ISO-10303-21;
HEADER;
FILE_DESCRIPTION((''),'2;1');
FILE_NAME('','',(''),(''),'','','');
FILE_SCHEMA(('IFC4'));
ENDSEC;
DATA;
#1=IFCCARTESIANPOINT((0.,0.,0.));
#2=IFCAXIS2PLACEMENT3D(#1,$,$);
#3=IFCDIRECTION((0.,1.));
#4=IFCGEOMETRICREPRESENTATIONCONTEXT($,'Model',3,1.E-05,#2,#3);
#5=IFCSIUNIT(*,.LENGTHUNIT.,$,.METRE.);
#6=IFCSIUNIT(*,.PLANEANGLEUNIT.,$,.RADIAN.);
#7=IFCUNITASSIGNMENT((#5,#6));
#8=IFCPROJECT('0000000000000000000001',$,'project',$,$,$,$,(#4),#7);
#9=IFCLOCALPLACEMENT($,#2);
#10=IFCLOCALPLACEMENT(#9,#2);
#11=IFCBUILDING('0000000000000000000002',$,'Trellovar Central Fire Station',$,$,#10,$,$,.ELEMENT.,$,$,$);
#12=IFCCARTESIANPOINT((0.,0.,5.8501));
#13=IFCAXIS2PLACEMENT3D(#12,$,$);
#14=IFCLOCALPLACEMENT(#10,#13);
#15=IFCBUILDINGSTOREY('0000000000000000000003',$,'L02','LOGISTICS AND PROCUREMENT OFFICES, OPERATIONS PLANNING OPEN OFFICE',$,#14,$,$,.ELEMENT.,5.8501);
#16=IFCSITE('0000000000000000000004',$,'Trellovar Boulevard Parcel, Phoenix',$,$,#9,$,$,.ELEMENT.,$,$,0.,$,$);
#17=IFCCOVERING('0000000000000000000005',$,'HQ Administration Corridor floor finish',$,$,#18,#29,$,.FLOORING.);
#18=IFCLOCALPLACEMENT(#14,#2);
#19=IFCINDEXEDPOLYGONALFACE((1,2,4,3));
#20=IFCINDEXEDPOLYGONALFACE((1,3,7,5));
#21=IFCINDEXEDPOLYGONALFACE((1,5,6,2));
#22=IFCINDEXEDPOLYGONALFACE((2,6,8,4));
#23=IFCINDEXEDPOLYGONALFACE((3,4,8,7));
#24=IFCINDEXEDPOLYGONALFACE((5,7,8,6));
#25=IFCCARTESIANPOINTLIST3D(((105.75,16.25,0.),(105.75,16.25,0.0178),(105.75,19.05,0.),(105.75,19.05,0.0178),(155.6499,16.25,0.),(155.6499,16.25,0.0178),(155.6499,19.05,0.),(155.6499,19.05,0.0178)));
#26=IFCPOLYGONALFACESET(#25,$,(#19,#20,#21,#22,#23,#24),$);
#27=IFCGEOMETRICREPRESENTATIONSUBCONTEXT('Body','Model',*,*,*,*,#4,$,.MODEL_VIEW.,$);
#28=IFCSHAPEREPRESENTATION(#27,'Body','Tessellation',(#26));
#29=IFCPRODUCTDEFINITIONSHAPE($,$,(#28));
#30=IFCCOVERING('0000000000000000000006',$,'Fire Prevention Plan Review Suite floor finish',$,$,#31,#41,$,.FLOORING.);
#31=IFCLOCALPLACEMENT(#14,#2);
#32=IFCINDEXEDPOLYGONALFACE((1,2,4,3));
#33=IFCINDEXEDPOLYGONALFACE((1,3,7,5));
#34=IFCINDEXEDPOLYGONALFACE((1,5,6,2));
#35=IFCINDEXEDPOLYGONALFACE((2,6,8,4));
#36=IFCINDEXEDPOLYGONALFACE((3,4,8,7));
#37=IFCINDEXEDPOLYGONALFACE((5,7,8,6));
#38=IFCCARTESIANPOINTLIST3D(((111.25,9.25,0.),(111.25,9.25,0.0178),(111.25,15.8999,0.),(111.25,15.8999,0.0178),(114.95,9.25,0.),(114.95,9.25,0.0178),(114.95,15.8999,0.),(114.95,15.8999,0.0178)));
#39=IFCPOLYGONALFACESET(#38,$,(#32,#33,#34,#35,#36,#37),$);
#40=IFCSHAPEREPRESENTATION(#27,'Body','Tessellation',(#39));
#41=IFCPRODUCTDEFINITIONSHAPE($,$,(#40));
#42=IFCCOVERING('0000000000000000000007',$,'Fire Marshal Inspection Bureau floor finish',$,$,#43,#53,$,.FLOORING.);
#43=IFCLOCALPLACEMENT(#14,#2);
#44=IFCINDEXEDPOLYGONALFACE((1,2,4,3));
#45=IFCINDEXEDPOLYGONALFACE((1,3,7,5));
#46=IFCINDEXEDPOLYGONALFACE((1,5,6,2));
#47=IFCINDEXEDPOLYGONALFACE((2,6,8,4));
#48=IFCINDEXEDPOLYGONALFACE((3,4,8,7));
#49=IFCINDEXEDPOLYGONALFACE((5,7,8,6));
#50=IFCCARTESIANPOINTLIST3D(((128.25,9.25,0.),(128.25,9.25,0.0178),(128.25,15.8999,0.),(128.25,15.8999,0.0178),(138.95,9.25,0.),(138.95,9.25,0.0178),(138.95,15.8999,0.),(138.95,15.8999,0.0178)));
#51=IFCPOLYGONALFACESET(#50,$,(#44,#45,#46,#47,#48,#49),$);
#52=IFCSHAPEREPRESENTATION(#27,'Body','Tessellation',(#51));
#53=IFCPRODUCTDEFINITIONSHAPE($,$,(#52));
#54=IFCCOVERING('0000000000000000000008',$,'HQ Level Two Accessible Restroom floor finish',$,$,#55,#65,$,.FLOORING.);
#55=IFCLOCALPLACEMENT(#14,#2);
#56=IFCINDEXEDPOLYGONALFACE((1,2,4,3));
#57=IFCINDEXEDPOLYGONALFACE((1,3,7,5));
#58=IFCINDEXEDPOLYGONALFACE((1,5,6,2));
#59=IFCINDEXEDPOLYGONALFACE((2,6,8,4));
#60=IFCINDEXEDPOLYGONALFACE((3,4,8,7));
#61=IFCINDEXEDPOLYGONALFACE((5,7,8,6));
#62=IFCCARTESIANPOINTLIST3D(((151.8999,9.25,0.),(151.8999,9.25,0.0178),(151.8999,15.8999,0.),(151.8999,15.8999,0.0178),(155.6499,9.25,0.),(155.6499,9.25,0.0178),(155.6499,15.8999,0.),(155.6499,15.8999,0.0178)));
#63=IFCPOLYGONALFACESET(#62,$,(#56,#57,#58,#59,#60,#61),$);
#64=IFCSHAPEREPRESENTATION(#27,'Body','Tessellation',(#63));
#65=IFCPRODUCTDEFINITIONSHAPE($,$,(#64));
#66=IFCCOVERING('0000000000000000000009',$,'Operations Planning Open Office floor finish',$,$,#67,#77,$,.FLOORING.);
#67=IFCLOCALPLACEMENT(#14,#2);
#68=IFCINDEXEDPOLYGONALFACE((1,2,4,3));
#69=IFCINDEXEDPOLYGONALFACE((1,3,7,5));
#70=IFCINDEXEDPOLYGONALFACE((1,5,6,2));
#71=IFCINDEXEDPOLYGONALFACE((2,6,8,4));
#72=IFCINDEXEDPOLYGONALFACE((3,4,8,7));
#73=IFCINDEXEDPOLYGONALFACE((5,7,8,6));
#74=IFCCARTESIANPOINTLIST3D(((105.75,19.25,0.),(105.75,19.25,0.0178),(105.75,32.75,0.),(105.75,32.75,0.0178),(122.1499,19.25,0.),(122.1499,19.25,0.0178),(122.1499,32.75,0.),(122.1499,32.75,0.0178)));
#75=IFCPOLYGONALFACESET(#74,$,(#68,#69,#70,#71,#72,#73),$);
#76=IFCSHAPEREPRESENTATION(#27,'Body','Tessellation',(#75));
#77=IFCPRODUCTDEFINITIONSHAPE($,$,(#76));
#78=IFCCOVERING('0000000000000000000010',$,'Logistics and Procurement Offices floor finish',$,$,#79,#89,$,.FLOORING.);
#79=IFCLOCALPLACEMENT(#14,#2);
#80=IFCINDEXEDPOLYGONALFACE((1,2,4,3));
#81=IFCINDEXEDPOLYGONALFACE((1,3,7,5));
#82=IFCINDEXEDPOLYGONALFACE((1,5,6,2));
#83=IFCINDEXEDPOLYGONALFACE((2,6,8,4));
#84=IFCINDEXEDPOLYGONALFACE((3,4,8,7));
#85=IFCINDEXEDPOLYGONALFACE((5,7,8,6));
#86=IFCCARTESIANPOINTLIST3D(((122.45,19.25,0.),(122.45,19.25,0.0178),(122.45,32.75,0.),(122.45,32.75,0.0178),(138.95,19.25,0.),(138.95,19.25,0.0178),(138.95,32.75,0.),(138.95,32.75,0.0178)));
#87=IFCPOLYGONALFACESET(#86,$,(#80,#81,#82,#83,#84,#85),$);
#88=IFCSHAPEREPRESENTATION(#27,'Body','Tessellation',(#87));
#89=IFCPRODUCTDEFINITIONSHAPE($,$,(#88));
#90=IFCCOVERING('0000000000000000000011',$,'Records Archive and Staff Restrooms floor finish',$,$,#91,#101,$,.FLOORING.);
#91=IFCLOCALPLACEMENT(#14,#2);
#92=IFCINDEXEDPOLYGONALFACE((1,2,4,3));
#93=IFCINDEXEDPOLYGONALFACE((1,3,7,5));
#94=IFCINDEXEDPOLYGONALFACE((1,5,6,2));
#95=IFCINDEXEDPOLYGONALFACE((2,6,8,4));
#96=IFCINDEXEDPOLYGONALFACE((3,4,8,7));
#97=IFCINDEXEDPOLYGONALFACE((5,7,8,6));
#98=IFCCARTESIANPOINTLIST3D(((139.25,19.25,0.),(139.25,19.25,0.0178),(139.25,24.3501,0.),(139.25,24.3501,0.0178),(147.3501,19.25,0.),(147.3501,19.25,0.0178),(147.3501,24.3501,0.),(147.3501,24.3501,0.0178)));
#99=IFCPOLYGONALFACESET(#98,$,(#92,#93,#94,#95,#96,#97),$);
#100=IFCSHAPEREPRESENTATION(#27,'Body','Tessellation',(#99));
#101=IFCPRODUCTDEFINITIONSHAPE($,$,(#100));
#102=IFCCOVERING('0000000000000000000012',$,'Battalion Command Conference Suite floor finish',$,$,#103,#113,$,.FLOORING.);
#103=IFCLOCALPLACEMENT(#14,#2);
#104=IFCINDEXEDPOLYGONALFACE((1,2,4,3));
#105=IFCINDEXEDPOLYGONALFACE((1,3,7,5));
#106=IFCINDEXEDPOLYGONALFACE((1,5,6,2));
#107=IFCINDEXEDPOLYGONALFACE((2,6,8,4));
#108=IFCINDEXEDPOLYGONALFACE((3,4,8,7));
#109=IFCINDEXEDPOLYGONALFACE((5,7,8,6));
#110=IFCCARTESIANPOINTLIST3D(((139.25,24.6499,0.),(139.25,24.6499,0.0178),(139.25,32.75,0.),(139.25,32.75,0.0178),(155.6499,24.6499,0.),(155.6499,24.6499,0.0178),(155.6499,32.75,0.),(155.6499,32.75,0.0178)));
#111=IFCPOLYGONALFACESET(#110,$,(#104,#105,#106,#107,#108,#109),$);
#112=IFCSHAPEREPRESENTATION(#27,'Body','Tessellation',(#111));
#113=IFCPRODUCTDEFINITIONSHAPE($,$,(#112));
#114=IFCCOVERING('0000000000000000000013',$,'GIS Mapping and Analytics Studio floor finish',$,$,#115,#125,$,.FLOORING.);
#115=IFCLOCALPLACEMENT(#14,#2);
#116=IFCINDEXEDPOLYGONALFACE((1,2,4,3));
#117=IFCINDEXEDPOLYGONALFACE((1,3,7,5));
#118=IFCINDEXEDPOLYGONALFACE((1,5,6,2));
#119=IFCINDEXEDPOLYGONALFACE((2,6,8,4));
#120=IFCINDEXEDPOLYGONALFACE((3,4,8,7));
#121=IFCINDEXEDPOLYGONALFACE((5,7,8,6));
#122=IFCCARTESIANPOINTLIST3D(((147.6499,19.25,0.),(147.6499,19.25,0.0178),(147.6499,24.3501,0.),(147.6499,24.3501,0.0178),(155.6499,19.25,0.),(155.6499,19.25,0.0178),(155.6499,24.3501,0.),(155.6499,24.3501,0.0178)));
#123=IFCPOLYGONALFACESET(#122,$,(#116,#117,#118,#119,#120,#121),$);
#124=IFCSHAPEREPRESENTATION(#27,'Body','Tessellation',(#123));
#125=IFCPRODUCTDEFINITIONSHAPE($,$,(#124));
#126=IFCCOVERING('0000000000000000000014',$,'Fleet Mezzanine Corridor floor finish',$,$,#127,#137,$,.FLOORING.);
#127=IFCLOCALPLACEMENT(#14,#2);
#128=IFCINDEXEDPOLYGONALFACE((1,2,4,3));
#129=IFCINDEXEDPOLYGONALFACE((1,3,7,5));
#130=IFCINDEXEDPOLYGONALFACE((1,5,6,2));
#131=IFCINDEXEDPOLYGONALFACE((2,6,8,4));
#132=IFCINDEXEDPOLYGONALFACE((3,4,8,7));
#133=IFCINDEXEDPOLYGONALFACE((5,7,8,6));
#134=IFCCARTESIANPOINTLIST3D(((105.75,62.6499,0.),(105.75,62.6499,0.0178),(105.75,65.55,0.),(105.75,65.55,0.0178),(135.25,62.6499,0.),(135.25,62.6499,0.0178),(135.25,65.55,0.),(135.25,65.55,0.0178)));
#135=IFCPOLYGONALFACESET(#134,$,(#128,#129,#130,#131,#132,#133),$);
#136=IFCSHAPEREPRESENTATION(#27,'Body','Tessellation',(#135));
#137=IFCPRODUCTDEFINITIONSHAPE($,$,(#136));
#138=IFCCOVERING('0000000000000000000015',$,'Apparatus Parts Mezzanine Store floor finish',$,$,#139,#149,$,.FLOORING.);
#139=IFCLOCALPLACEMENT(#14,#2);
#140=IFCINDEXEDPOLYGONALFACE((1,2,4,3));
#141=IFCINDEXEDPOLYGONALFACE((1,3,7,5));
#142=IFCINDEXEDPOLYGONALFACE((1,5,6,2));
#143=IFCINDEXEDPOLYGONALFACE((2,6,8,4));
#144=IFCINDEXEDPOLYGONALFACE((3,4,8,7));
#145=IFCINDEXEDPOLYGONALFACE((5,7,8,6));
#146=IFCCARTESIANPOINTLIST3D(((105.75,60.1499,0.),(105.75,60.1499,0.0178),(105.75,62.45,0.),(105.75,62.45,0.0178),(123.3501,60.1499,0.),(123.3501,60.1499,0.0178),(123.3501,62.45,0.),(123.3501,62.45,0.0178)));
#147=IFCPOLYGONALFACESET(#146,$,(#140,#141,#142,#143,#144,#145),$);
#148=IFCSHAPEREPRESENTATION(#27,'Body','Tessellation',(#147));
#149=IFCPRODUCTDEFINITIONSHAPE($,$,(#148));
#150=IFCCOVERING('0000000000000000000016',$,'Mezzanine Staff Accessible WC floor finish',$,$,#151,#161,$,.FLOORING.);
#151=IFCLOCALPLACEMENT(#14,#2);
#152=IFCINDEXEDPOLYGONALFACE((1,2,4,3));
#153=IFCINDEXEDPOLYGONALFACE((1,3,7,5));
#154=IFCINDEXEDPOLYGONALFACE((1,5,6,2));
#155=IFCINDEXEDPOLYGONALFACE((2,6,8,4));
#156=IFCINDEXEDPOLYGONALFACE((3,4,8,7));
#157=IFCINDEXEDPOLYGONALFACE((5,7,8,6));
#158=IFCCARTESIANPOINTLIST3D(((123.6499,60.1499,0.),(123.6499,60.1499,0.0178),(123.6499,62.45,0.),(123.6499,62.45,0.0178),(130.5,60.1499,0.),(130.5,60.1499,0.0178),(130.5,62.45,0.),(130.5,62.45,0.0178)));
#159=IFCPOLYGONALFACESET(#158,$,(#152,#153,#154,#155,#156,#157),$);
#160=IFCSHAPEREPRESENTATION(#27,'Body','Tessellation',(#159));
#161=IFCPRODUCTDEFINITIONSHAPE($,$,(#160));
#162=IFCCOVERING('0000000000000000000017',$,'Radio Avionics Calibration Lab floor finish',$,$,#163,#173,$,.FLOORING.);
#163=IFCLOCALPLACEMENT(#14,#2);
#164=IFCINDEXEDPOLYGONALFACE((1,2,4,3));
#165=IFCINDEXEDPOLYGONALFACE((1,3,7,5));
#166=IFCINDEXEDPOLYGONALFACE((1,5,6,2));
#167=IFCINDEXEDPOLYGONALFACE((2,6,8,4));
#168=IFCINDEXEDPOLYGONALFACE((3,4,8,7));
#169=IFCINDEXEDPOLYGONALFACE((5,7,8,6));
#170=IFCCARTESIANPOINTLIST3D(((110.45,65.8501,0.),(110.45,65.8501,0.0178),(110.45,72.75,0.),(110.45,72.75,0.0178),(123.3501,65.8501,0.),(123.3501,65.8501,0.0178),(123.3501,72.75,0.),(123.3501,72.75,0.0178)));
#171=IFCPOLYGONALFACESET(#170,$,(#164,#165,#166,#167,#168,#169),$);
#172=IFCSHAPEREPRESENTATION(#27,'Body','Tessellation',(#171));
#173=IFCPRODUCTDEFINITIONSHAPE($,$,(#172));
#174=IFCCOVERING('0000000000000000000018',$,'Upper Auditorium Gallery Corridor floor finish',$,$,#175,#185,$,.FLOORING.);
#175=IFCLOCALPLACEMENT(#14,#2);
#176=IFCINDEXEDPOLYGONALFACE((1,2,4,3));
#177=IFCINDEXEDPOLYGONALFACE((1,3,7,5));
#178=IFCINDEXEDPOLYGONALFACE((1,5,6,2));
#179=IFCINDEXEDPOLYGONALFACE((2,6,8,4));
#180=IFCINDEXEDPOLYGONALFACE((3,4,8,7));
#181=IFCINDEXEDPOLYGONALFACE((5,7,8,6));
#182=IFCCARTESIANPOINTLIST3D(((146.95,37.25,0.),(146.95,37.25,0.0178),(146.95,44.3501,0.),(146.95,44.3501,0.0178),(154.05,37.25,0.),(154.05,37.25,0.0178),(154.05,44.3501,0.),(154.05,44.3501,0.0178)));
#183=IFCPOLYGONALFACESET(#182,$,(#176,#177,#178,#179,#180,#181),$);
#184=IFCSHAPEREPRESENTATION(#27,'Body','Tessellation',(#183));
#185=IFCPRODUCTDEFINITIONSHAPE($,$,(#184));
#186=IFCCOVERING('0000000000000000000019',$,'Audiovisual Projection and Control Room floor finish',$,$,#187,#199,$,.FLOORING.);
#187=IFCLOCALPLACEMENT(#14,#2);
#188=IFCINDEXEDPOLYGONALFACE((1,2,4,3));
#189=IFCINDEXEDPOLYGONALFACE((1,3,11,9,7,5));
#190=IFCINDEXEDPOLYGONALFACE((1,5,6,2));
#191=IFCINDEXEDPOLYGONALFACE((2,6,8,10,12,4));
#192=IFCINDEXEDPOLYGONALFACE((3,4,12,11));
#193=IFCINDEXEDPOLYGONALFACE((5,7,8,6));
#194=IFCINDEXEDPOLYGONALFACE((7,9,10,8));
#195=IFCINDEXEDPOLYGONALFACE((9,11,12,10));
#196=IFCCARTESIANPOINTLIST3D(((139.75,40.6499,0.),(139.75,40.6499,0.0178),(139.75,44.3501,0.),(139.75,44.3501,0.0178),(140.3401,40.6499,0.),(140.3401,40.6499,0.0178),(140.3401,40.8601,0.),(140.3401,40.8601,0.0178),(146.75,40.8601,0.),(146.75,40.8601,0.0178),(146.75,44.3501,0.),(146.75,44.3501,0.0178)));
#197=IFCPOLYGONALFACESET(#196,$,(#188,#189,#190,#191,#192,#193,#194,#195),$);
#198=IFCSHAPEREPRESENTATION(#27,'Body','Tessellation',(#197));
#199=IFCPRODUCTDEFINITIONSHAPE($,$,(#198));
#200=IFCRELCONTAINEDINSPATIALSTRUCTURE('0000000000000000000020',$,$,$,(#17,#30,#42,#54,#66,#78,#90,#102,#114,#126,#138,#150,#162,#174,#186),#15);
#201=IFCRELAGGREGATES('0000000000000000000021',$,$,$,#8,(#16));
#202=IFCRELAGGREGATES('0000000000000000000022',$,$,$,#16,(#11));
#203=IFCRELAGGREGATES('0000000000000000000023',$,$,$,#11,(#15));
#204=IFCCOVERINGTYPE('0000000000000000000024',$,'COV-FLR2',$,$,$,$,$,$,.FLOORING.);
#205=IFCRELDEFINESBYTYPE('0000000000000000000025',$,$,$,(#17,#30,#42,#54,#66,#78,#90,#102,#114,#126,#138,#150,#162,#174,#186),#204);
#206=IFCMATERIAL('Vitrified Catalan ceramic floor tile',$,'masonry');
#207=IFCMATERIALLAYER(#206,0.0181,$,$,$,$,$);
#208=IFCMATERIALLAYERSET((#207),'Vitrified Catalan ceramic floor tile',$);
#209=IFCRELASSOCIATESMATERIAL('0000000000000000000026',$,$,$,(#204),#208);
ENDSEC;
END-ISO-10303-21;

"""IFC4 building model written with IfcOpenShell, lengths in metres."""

from ifc_helpers import new_model, si_unit, direction, frame, origin, place, context, subcontext, project, spatial, polyline, outline, extrude, material, layer, layer_set, type_object, element, save


model = new_model("IFC4")

# Units and contexts
model_context = context("Model", 3, precision=1e-05, world=origin(), true_north=direction((0.0, 1.0)))
body_context = subcontext(model_context, "Body", "Model", "MODEL_VIEW")
ifc_project = project(units=[si_unit("LENGTHUNIT", "METRE"), si_unit("PLANEANGLEUNIT", "RADIAN")], contexts=[model_context])

# Site, building, storey
site_placement = place(None, origin())
site = spatial("IfcSite", under=ifc_project, at=site_placement, Name="Trellovar Boulevard Parcel, Phoenix", CompositionType="ELEMENT", RefElevation=0.0)
building_placement = place(site_placement, origin())
building = spatial("IfcBuilding", under=site, at=building_placement, Name="Trellovar Central Fire Station", CompositionType="ELEMENT")
storey_placement = place(building_placement, frame((0.0, 0.0, 5.8501)))
storey = spatial("IfcBuildingStorey", under=building, at=storey_placement, Name="L02", Description="LOGISTICS AND PROCUREMENT OFFICES, OPERATIONS PLANNING OPEN OFFICE", CompositionType="ELEMENT", Elevation=5.8501)

# Coverings
ifc_material_1 = material(Name="Vitrified Catalan ceramic floor tile", Category="masonry")
ifc_layer_1 = layer(ifc_material_1, 0.0181)
ifc_layer_set_1 = layer_set([ifc_layer_1], Name="Vitrified Catalan ceramic floor tile")
covering_type_1 = type_object("IfcCoveringType", Name="COV-FLR2", PredefinedType="FLOORING", material=ifc_layer_set_1)
covering_1_placement = place(storey_placement, origin())
element("IfcCovering", 1, at=covering_1_placement, inside=storey, type_object=covering_type_1, Name="HQ Administration Corridor floor finish", PredefinedType="FLOORING", context=body_context, shape_type="SweptSolid", body=[
    extrude(outline(polyline([(155.6499, 19.05), (155.6499, 16.25), (105.75, 16.25), (105.75, 19.05), (155.6499, 19.05)])), origin(), (0.0, 0.0, 1.0), 0.0178),
])
covering_2_placement = place(storey_placement, origin())
element("IfcCovering", 2, at=covering_2_placement, inside=storey, type_object=covering_type_1, Name="Fire Prevention Plan Review Suite floor finish", PredefinedType="FLOORING", context=body_context, shape_type="SweptSolid", body=[
    extrude(outline(polyline([(114.95, 15.8999), (114.95, 9.25), (111.25, 9.25), (111.25, 15.8999), (114.95, 15.8999)])), origin(), (0.0, 0.0, 1.0), 0.0178),
])
covering_3_placement = place(storey_placement, origin())
element("IfcCovering", 3, at=covering_3_placement, inside=storey, type_object=covering_type_1, Name="Fire Marshal Inspection Bureau floor finish", PredefinedType="FLOORING", context=body_context, shape_type="SweptSolid", body=[
    extrude(outline(polyline([(138.95, 15.8999), (138.95, 9.25), (128.25, 9.25), (128.25, 15.8999), (138.95, 15.8999)])), origin(), (0.0, 0.0, 1.0), 0.0178),
])
covering_4_placement = place(storey_placement, origin())
element("IfcCovering", 4, at=covering_4_placement, inside=storey, type_object=covering_type_1, Name="HQ Level Two Accessible Restroom floor finish", PredefinedType="FLOORING", context=body_context, shape_type="SweptSolid", body=[
    extrude(outline(polyline([(155.6499, 15.8999), (155.6499, 9.25), (151.8999, 9.25), (151.8999, 15.8999), (155.6499, 15.8999)])), origin(), (0.0, 0.0, 1.0), 0.0178),
])
covering_5_placement = place(storey_placement, origin())
element("IfcCovering", 5, at=covering_5_placement, inside=storey, type_object=covering_type_1, Name="Operations Planning Open Office floor finish", PredefinedType="FLOORING", context=body_context, shape_type="SweptSolid", body=[
    extrude(outline(polyline([(122.1499, 32.75), (122.1499, 19.25), (105.75, 19.25), (105.75, 32.75), (122.1499, 32.75)])), origin(), (0.0, 0.0, 1.0), 0.0178),
])
covering_6_placement = place(storey_placement, origin())
element("IfcCovering", 6, at=covering_6_placement, inside=storey, type_object=covering_type_1, Name="Logistics and Procurement Offices floor finish", PredefinedType="FLOORING", context=body_context, shape_type="SweptSolid", body=[
    extrude(outline(polyline([(138.95, 32.75), (138.95, 19.25), (122.45, 19.25), (122.45, 32.75), (138.95, 32.75)])), origin(), (0.0, 0.0, 1.0), 0.0178),
])
covering_7_placement = place(storey_placement, origin())
element("IfcCovering", 7, at=covering_7_placement, inside=storey, type_object=covering_type_1, Name="Records Archive and Staff Restrooms floor finish", PredefinedType="FLOORING", context=body_context, shape_type="SweptSolid", body=[
    extrude(outline(polyline([(147.3501, 24.3501), (147.3501, 19.25), (139.25, 19.25), (139.25, 24.3501), (147.3501, 24.3501)])), origin(), (0.0, 0.0, 1.0), 0.0178),
])
covering_8_placement = place(storey_placement, origin())
element("IfcCovering", 8, at=covering_8_placement, inside=storey, type_object=covering_type_1, Name="Battalion Command Conference Suite floor finish", PredefinedType="FLOORING", context=body_context, shape_type="SweptSolid", body=[
    extrude(outline(polyline([(155.6499, 32.75), (155.6499, 24.6499), (139.25, 24.6499), (139.25, 32.75), (155.6499, 32.75)])), origin(), (0.0, 0.0, 1.0), 0.0178),
])
covering_9_placement = place(storey_placement, origin())
element("IfcCovering", 9, at=covering_9_placement, inside=storey, type_object=covering_type_1, Name="GIS Mapping and Analytics Studio floor finish", PredefinedType="FLOORING", context=body_context, shape_type="SweptSolid", body=[
    extrude(outline(polyline([(155.6499, 24.3501), (155.6499, 19.25), (147.6499, 19.25), (147.6499, 24.3501), (155.6499, 24.3501)])), origin(), (0.0, 0.0, 1.0), 0.0178),
])
covering_10_placement = place(storey_placement, origin())
element("IfcCovering", 10, at=covering_10_placement, inside=storey, type_object=covering_type_1, Name="Fleet Mezzanine Corridor floor finish", PredefinedType="FLOORING", context=body_context, shape_type="SweptSolid", body=[
    extrude(outline(polyline([(135.25, 65.55), (135.25, 62.6499), (105.75, 62.6499), (105.75, 65.55), (135.25, 65.55)])), origin(), (0.0, 0.0, 1.0), 0.0178),
])
covering_11_placement = place(storey_placement, origin())
element("IfcCovering", 11, at=covering_11_placement, inside=storey, type_object=covering_type_1, Name="Apparatus Parts Mezzanine Store floor finish", PredefinedType="FLOORING", context=body_context, shape_type="SweptSolid", body=[
    extrude(outline(polyline([(123.3501, 62.45), (123.3501, 60.1499), (105.75, 60.1499), (105.75, 62.45), (123.3501, 62.45)])), origin(), (0.0, 0.0, 1.0), 0.0178),
])
covering_12_placement = place(storey_placement, origin())
element("IfcCovering", 12, at=covering_12_placement, inside=storey, type_object=covering_type_1, Name="Mezzanine Staff Accessible WC floor finish", PredefinedType="FLOORING", context=body_context, shape_type="SweptSolid", body=[
    extrude(outline(polyline([(130.5, 62.45), (130.5, 60.1499), (123.6499, 60.1499), (123.6499, 62.45), (130.5, 62.45)])), origin(), (0.0, 0.0, 1.0), 0.0178),
])
covering_13_placement = place(storey_placement, origin())
element("IfcCovering", 13, at=covering_13_placement, inside=storey, type_object=covering_type_1, Name="Radio Avionics Calibration Lab floor finish", PredefinedType="FLOORING", context=body_context, shape_type="SweptSolid", body=[
    extrude(outline(polyline([(123.3501, 72.75), (123.3501, 65.8501), (110.45, 65.8501), (110.45, 72.75), (123.3501, 72.75)])), origin(), (0.0, 0.0, 1.0), 0.0178),
])
covering_14_placement = place(storey_placement, origin())
element("IfcCovering", 14, at=covering_14_placement, inside=storey, type_object=covering_type_1, Name="Upper Auditorium Gallery Corridor floor finish", PredefinedType="FLOORING", context=body_context, shape_type="SweptSolid", body=[
    extrude(outline(polyline([(154.05, 44.3501), (154.05, 37.25), (146.95, 37.25), (146.95, 44.3501), (154.05, 44.3501)])), origin(), (0.0, 0.0, 1.0), 0.0178),
])
covering_15_placement = place(storey_placement, origin())
element("IfcCovering", 15, at=covering_15_placement, inside=storey, type_object=covering_type_1, Name="Audiovisual Projection and Control Room floor finish", PredefinedType="FLOORING", context=body_context, shape_type="SweptSolid", body=[
    extrude(outline(polyline([(139.75, 40.6499), (139.75, 44.3501), (146.75, 44.3501), (146.75, 40.8601), (140.3401, 40.8601), (140.3401, 40.6499), (139.75, 40.6499)])), origin(), (0.0, 0.0, 1.0), 0.0178),
])

save(model, "model.ifc")
